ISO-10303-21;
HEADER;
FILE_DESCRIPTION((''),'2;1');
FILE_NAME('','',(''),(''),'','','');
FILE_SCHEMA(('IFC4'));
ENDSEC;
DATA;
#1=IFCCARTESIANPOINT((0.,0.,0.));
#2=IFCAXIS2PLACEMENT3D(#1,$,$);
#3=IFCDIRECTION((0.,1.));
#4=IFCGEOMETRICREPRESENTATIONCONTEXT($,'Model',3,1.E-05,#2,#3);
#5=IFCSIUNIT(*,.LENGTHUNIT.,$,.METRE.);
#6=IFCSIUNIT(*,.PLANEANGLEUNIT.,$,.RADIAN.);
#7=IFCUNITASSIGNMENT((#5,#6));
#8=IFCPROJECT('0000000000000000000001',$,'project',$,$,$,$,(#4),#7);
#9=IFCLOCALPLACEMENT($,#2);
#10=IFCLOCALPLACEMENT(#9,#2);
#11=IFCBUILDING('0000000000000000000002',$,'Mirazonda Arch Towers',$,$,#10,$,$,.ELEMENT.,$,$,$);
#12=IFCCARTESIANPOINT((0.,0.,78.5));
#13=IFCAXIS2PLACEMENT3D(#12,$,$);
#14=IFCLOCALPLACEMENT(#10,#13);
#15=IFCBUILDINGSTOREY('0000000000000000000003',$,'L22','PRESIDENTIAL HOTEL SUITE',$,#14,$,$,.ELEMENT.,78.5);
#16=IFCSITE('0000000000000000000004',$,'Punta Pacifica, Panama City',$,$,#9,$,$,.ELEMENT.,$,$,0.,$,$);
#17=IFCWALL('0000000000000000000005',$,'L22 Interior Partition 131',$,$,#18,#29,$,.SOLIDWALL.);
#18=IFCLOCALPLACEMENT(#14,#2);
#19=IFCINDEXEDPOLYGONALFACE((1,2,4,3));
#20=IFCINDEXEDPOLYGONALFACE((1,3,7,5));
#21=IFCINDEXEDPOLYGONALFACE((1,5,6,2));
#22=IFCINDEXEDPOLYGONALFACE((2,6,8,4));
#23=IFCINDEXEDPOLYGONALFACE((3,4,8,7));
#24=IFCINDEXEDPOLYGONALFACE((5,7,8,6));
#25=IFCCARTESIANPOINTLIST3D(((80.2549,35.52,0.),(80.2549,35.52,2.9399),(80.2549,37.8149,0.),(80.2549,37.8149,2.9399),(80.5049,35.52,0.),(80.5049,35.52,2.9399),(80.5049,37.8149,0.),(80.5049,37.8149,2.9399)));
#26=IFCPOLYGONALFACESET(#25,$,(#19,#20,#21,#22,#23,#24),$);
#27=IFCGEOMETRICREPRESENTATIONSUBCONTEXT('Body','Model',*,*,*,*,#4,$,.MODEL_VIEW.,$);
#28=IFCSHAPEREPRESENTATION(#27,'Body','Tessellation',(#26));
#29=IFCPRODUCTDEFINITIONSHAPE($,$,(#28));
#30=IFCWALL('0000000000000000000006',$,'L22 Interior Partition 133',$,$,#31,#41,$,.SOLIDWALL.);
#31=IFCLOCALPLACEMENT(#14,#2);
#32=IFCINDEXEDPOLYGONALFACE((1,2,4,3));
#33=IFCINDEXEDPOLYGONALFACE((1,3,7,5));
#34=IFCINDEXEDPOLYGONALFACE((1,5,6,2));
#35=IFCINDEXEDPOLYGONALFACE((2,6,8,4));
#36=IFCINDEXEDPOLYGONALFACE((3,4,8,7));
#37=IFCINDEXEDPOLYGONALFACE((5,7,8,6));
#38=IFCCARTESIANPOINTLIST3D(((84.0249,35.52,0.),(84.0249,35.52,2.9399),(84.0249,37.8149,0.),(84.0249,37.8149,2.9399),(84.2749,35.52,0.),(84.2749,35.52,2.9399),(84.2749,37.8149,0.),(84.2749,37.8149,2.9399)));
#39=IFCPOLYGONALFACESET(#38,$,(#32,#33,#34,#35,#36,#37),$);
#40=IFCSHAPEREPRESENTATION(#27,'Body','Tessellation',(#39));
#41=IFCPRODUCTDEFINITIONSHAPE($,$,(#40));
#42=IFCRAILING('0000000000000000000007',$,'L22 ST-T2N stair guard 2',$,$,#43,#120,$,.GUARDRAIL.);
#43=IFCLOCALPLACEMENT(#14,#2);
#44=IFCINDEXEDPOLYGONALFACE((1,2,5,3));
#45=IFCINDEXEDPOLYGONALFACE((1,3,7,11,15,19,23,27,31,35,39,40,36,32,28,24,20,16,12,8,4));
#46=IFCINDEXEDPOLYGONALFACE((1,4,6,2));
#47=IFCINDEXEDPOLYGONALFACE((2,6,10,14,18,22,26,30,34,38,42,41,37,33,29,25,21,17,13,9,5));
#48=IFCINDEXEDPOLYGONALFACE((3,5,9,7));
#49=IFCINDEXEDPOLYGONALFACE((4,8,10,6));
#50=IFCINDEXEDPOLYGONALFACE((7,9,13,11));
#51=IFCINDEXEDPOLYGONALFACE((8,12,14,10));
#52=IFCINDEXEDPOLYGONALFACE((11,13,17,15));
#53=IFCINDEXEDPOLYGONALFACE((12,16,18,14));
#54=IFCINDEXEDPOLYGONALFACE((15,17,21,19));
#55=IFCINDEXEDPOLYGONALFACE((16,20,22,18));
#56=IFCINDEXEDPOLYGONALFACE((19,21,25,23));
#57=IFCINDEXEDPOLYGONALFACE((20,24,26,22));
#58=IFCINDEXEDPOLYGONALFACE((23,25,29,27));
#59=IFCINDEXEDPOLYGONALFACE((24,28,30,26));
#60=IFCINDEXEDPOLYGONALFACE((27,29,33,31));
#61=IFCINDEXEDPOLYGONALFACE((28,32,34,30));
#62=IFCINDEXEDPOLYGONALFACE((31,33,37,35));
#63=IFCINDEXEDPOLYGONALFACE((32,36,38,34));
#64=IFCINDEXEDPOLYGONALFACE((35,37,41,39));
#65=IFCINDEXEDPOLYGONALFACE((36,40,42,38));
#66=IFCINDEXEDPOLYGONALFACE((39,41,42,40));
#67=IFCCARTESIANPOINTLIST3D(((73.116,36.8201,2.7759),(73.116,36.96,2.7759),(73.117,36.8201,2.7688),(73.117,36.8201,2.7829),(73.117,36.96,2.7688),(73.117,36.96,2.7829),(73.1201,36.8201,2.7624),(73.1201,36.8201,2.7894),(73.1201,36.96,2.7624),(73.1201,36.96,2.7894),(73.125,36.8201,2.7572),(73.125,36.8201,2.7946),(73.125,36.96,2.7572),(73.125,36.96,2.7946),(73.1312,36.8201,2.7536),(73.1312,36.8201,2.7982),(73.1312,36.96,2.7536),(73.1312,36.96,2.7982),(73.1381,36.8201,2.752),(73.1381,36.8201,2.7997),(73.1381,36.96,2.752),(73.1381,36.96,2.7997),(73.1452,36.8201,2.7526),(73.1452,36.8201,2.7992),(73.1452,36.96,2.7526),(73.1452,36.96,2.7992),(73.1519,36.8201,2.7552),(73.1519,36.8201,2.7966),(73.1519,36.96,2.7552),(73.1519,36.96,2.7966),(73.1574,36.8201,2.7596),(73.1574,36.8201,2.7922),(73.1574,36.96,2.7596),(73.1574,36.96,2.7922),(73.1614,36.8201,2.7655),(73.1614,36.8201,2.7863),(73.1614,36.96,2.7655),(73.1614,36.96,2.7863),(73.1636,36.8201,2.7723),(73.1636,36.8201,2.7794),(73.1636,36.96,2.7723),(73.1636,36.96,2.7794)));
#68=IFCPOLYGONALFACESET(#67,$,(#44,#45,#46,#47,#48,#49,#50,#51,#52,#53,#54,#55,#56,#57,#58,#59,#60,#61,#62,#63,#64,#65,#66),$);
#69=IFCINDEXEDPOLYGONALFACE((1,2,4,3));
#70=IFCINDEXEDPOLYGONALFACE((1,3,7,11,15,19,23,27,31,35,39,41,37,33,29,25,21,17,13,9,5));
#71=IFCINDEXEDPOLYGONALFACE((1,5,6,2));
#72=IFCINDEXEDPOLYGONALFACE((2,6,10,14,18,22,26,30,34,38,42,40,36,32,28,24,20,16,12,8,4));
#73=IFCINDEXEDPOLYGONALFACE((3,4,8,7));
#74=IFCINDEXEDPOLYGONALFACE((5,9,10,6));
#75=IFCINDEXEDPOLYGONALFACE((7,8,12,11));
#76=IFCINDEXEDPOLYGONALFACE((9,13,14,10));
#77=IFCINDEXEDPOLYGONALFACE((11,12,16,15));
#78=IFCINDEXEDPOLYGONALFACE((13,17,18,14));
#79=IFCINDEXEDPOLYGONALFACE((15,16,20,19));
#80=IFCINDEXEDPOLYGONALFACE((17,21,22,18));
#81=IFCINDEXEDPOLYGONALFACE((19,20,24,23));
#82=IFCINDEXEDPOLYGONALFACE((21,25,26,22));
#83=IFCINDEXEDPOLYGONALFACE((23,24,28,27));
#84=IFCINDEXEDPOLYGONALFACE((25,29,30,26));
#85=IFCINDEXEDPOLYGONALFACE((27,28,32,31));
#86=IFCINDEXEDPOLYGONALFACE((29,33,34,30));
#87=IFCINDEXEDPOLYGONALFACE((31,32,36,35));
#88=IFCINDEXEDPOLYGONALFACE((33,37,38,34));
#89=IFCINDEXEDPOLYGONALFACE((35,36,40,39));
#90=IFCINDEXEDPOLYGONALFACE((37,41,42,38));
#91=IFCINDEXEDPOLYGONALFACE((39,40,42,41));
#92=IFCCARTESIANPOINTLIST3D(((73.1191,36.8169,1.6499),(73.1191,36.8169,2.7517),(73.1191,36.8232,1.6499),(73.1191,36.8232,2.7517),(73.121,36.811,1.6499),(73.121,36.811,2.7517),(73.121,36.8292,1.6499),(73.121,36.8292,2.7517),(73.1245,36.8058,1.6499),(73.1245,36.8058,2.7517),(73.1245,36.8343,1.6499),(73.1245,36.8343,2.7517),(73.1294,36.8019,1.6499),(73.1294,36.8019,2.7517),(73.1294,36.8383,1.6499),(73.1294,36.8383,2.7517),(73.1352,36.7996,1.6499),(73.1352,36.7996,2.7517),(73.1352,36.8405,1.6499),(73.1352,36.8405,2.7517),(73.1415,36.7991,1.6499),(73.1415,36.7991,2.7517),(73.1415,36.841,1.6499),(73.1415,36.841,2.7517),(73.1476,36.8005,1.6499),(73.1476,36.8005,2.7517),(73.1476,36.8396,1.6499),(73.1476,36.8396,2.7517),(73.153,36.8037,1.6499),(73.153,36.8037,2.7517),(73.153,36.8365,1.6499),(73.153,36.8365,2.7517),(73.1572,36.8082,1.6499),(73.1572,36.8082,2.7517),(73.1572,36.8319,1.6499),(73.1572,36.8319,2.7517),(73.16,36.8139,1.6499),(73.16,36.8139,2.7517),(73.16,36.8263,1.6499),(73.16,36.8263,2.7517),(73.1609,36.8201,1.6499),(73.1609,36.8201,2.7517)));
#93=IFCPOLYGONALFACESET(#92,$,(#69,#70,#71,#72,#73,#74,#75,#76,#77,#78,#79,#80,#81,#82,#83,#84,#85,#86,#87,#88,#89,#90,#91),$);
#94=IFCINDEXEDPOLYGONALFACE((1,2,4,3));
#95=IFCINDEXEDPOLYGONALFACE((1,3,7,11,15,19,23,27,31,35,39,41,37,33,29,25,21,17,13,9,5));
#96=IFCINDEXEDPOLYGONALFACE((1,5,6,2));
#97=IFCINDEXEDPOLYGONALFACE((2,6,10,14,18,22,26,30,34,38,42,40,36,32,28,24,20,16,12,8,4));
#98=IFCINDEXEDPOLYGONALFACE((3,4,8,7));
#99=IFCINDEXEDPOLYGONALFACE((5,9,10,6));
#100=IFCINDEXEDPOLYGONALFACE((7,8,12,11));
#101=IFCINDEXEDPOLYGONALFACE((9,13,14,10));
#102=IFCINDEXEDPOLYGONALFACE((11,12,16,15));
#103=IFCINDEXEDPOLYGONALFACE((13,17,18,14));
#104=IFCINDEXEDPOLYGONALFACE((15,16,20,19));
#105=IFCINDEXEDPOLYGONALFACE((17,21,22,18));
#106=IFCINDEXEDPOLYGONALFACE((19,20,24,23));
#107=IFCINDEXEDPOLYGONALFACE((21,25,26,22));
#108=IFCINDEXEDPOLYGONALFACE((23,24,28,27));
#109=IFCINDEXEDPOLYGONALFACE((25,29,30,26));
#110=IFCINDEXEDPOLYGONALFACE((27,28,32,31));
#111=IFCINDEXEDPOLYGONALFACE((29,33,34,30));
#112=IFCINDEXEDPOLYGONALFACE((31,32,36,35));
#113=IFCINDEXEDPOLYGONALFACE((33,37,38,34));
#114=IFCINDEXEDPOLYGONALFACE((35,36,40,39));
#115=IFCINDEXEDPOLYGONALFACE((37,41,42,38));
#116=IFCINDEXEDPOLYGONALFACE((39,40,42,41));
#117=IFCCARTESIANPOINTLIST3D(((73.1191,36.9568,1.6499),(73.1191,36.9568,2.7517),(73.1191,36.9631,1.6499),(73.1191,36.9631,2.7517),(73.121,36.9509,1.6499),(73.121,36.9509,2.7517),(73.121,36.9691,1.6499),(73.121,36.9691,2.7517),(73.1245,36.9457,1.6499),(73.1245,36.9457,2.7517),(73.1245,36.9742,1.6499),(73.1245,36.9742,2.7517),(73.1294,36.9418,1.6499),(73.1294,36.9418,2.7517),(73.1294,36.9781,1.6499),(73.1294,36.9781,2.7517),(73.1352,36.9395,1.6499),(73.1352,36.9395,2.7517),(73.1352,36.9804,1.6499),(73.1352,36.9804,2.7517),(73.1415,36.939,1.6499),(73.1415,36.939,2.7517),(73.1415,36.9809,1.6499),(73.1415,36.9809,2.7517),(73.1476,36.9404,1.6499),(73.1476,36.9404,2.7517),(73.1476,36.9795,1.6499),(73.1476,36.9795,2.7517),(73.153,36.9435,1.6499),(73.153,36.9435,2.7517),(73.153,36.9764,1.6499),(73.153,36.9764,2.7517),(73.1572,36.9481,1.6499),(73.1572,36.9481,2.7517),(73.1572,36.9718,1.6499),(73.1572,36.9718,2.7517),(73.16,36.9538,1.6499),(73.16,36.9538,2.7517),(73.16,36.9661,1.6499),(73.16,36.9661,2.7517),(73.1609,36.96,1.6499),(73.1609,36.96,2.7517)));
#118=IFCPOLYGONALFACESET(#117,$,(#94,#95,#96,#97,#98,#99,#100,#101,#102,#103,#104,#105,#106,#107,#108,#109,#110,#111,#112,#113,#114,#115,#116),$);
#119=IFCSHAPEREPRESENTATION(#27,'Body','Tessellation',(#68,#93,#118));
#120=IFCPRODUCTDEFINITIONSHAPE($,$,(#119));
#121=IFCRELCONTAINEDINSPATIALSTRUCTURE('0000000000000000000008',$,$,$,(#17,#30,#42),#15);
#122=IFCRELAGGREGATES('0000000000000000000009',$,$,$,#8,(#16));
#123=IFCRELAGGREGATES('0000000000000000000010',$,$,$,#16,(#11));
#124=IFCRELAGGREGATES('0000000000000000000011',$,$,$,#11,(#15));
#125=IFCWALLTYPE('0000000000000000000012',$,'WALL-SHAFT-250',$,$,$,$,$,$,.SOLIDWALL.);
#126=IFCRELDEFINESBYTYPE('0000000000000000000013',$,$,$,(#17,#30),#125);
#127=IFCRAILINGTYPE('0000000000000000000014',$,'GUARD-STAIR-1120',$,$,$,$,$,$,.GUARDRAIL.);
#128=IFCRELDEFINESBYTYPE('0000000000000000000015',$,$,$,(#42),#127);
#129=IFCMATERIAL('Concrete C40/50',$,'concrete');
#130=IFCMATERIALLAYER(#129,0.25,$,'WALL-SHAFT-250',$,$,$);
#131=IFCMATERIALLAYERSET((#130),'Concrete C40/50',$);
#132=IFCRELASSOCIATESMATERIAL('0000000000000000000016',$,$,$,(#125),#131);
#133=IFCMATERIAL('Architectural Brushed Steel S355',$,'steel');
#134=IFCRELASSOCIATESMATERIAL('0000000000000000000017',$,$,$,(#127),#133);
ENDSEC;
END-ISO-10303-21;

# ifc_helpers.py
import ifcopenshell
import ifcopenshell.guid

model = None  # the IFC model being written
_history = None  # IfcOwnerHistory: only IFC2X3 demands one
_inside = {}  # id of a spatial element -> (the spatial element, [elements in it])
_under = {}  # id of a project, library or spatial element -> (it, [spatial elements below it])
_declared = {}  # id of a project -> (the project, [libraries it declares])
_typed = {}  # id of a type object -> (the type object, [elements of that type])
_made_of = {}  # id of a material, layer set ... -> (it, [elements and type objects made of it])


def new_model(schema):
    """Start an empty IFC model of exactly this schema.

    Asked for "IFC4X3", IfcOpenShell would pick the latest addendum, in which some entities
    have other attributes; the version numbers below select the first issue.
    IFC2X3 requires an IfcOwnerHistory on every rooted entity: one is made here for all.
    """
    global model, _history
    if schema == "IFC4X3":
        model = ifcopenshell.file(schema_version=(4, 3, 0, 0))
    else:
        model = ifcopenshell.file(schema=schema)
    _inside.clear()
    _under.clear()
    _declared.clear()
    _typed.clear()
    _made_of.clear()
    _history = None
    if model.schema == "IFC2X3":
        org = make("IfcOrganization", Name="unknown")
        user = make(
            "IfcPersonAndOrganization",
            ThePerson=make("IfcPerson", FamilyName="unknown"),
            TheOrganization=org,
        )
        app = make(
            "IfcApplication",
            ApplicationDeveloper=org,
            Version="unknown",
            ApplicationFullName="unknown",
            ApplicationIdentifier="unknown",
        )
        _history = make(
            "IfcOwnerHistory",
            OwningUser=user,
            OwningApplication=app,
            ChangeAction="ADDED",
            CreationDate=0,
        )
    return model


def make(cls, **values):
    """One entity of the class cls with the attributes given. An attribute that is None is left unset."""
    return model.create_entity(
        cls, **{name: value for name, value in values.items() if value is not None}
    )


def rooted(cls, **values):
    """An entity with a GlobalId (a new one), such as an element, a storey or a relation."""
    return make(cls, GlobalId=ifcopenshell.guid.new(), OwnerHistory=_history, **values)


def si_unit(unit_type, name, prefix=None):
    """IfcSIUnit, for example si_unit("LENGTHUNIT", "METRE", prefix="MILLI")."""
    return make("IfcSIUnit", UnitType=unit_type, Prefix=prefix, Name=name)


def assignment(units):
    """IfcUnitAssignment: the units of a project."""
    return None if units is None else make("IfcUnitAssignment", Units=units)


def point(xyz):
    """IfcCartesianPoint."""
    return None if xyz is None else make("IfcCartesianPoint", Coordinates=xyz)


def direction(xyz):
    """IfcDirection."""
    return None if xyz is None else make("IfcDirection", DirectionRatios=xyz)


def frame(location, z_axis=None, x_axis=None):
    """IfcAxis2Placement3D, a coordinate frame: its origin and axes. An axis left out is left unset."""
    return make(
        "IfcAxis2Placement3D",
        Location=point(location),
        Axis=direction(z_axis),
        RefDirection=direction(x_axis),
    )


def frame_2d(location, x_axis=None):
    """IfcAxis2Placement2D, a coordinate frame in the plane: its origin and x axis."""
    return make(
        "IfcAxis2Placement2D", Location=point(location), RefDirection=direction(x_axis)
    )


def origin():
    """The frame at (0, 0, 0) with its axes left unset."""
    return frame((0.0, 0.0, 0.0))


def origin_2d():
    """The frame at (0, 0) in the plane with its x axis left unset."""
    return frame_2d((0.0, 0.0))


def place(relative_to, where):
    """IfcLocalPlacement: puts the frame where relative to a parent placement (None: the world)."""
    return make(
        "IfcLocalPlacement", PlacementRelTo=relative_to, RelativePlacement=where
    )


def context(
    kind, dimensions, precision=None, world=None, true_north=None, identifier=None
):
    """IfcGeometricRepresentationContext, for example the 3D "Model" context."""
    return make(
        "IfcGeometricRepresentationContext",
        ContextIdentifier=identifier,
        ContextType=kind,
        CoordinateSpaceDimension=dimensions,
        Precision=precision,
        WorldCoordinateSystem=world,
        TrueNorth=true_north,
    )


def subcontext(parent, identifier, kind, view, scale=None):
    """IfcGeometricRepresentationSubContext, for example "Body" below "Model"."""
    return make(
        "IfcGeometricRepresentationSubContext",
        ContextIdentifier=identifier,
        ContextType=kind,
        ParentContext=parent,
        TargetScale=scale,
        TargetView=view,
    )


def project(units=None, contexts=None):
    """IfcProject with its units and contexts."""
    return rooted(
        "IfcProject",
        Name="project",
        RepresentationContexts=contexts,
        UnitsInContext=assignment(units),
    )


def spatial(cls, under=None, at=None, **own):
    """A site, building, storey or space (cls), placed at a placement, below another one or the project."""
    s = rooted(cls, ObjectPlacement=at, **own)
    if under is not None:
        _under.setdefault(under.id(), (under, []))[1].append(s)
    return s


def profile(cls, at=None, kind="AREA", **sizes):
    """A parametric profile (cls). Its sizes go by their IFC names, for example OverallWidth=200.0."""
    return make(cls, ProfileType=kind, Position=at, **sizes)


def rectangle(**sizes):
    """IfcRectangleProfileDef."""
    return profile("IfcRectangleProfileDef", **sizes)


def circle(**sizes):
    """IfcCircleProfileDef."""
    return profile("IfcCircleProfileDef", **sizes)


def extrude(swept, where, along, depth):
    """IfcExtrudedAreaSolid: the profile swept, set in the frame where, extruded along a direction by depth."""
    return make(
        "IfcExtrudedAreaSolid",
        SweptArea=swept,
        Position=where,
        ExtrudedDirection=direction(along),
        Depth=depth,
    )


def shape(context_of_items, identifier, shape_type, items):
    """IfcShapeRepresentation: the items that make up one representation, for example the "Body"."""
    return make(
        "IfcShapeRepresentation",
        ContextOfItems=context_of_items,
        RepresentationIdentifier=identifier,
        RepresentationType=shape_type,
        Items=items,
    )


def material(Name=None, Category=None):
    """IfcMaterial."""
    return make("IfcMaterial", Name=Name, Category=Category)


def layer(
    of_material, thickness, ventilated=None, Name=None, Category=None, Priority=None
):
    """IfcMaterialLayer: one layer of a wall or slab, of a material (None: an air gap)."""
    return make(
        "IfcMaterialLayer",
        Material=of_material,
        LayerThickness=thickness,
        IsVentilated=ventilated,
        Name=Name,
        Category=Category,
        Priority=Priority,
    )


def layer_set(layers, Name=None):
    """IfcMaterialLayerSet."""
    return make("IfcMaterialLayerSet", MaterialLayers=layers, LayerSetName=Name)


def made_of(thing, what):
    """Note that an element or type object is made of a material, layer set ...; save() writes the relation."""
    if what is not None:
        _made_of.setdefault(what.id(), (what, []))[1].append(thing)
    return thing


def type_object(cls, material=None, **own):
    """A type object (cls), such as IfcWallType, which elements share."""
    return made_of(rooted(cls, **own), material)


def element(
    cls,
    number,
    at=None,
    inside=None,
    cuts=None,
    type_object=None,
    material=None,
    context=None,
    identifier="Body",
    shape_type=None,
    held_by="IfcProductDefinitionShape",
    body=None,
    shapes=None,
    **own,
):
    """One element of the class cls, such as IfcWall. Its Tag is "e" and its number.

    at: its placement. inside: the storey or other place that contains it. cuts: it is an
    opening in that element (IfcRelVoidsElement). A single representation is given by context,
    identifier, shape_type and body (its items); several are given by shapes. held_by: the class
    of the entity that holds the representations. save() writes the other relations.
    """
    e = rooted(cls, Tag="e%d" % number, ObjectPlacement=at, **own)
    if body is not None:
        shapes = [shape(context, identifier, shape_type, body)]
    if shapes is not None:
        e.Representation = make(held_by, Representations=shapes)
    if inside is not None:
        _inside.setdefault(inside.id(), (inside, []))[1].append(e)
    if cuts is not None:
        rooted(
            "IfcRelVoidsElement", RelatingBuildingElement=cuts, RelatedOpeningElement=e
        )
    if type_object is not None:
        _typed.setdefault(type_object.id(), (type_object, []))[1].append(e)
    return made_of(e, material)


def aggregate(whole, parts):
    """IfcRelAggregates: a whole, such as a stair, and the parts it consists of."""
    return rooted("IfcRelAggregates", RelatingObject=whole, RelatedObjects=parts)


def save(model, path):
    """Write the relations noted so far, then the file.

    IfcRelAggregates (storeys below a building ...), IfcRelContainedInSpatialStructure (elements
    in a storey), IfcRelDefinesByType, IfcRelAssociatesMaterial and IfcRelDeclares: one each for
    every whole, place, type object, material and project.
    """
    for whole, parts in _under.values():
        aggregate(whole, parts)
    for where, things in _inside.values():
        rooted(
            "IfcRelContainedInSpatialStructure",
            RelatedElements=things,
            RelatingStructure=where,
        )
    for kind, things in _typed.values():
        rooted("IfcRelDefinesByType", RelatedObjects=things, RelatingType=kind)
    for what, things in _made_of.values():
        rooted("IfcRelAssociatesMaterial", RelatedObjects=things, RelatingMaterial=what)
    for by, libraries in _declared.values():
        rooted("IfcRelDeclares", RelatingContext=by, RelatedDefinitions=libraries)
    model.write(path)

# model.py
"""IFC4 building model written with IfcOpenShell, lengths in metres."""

from ifc_helpers import new_model, si_unit, direction, frame, frame_2d, origin, origin_2d, place, context, subcontext, project, spatial, rectangle, circle, extrude, material, layer, layer_set, type_object, element, save


model = new_model("IFC4")

# Units and contexts
model_context = context("Model", 3, precision=1e-05, world=origin(), true_north=direction((0.0, 1.0)))
body_context = subcontext(model_context, "Body", "Model", "MODEL_VIEW")
ifc_project = project(units=[si_unit("LENGTHUNIT", "METRE"), si_unit("PLANEANGLEUNIT", "RADIAN")], contexts=[model_context])

# Site, building, storey
site_placement = place(None, origin())
site = spatial("IfcSite", under=ifc_project, at=site_placement, Name="Punta Pacifica, Panama City", CompositionType="ELEMENT", RefElevation=0.0)
building_placement = place(site_placement, origin())
building = spatial("IfcBuilding", under=site, at=building_placement, Name="Mirazonda Arch Towers", CompositionType="ELEMENT")
storey_placement = place(building_placement, frame((0.0, 0.0, 78.5)))
storey = spatial("IfcBuildingStorey", under=building, at=storey_placement, Name="L22", Description="PRESIDENTIAL HOTEL SUITE", CompositionType="ELEMENT", Elevation=78.5)

# Walls
ifc_material_1 = material(Name="Concrete C40/50", Category="concrete")
ifc_layer_1 = layer(ifc_material_1, 0.25, Name="WALL-SHAFT-250")
ifc_layer_set_1 = layer_set([ifc_layer_1], Name="Concrete C40/50")
wall_type_1 = type_object("IfcWallType", Name="WALL-SHAFT-250", PredefinedType="SOLIDWALL", material=ifc_layer_set_1)
for number, where, z_axis, x_axis, name in (
    (1, (80.3799, 35.52, 0.0), (0.0, 0.0, 1.0), (0.0, 1.0, 0.0), "L22 Interior Partition 131"),
    (2, (84.1499, 35.52, 0.0), (0.0, 0.0, 1.0), (0.0, 1.0, 0.0), "L22 Interior Partition 133"),
):
    element("IfcWall", number, at=place(storey_placement, frame(where, z_axis=z_axis, x_axis=x_axis)), inside=storey, type_object=wall_type_1, Name=name, PredefinedType="SOLIDWALL", context=body_context, shape_type="SweptSolid", body=[
        extrude(rectangle(XDim=2.2949, YDim=0.25, at=frame_2d((1.1475, 0.0))), origin(), (0.0, 0.0, 1.0), 2.9399),
    ])

# Railing
ifc_material_2 = material(Name="Architectural Brushed Steel S355", Category="steel")
railing_type_1 = type_object("IfcRailingType", Name="GUARD-STAIR-1120", PredefinedType="GUARDRAIL", material=ifc_material_2)
railing_1_placement = place(storey_placement, frame((73.1399, 36.8201, 1.6499)))
element("IfcRailing", 3, at=railing_1_placement, inside=storey, type_object=railing_type_1, Name="L22 ST-T2N stair guard 2", PredefinedType="GUARDRAIL", context=body_context, shape_type="SweptSolid", body=[
    extrude(circle(Radius=0.0239, at=origin_2d()), frame((0.0, 0.0, 1.126), z_axis=(0.0, 1.0, 0.0), x_axis=(-1.0, 0.0, 0.0)), (0.0, 0.0, 1.0), 0.1399),
    extrude(circle(Radius=0.021, at=origin_2d()), origin(), (0.0, 0.0, 1.0), 1.1018),
    extrude(circle(Radius=0.021, at=origin_2d()), frame((0.0, 0.1399, 0.0)), (0.0, 0.0, 1.0), 1.1018),
])

save(model, "model.ifc")
